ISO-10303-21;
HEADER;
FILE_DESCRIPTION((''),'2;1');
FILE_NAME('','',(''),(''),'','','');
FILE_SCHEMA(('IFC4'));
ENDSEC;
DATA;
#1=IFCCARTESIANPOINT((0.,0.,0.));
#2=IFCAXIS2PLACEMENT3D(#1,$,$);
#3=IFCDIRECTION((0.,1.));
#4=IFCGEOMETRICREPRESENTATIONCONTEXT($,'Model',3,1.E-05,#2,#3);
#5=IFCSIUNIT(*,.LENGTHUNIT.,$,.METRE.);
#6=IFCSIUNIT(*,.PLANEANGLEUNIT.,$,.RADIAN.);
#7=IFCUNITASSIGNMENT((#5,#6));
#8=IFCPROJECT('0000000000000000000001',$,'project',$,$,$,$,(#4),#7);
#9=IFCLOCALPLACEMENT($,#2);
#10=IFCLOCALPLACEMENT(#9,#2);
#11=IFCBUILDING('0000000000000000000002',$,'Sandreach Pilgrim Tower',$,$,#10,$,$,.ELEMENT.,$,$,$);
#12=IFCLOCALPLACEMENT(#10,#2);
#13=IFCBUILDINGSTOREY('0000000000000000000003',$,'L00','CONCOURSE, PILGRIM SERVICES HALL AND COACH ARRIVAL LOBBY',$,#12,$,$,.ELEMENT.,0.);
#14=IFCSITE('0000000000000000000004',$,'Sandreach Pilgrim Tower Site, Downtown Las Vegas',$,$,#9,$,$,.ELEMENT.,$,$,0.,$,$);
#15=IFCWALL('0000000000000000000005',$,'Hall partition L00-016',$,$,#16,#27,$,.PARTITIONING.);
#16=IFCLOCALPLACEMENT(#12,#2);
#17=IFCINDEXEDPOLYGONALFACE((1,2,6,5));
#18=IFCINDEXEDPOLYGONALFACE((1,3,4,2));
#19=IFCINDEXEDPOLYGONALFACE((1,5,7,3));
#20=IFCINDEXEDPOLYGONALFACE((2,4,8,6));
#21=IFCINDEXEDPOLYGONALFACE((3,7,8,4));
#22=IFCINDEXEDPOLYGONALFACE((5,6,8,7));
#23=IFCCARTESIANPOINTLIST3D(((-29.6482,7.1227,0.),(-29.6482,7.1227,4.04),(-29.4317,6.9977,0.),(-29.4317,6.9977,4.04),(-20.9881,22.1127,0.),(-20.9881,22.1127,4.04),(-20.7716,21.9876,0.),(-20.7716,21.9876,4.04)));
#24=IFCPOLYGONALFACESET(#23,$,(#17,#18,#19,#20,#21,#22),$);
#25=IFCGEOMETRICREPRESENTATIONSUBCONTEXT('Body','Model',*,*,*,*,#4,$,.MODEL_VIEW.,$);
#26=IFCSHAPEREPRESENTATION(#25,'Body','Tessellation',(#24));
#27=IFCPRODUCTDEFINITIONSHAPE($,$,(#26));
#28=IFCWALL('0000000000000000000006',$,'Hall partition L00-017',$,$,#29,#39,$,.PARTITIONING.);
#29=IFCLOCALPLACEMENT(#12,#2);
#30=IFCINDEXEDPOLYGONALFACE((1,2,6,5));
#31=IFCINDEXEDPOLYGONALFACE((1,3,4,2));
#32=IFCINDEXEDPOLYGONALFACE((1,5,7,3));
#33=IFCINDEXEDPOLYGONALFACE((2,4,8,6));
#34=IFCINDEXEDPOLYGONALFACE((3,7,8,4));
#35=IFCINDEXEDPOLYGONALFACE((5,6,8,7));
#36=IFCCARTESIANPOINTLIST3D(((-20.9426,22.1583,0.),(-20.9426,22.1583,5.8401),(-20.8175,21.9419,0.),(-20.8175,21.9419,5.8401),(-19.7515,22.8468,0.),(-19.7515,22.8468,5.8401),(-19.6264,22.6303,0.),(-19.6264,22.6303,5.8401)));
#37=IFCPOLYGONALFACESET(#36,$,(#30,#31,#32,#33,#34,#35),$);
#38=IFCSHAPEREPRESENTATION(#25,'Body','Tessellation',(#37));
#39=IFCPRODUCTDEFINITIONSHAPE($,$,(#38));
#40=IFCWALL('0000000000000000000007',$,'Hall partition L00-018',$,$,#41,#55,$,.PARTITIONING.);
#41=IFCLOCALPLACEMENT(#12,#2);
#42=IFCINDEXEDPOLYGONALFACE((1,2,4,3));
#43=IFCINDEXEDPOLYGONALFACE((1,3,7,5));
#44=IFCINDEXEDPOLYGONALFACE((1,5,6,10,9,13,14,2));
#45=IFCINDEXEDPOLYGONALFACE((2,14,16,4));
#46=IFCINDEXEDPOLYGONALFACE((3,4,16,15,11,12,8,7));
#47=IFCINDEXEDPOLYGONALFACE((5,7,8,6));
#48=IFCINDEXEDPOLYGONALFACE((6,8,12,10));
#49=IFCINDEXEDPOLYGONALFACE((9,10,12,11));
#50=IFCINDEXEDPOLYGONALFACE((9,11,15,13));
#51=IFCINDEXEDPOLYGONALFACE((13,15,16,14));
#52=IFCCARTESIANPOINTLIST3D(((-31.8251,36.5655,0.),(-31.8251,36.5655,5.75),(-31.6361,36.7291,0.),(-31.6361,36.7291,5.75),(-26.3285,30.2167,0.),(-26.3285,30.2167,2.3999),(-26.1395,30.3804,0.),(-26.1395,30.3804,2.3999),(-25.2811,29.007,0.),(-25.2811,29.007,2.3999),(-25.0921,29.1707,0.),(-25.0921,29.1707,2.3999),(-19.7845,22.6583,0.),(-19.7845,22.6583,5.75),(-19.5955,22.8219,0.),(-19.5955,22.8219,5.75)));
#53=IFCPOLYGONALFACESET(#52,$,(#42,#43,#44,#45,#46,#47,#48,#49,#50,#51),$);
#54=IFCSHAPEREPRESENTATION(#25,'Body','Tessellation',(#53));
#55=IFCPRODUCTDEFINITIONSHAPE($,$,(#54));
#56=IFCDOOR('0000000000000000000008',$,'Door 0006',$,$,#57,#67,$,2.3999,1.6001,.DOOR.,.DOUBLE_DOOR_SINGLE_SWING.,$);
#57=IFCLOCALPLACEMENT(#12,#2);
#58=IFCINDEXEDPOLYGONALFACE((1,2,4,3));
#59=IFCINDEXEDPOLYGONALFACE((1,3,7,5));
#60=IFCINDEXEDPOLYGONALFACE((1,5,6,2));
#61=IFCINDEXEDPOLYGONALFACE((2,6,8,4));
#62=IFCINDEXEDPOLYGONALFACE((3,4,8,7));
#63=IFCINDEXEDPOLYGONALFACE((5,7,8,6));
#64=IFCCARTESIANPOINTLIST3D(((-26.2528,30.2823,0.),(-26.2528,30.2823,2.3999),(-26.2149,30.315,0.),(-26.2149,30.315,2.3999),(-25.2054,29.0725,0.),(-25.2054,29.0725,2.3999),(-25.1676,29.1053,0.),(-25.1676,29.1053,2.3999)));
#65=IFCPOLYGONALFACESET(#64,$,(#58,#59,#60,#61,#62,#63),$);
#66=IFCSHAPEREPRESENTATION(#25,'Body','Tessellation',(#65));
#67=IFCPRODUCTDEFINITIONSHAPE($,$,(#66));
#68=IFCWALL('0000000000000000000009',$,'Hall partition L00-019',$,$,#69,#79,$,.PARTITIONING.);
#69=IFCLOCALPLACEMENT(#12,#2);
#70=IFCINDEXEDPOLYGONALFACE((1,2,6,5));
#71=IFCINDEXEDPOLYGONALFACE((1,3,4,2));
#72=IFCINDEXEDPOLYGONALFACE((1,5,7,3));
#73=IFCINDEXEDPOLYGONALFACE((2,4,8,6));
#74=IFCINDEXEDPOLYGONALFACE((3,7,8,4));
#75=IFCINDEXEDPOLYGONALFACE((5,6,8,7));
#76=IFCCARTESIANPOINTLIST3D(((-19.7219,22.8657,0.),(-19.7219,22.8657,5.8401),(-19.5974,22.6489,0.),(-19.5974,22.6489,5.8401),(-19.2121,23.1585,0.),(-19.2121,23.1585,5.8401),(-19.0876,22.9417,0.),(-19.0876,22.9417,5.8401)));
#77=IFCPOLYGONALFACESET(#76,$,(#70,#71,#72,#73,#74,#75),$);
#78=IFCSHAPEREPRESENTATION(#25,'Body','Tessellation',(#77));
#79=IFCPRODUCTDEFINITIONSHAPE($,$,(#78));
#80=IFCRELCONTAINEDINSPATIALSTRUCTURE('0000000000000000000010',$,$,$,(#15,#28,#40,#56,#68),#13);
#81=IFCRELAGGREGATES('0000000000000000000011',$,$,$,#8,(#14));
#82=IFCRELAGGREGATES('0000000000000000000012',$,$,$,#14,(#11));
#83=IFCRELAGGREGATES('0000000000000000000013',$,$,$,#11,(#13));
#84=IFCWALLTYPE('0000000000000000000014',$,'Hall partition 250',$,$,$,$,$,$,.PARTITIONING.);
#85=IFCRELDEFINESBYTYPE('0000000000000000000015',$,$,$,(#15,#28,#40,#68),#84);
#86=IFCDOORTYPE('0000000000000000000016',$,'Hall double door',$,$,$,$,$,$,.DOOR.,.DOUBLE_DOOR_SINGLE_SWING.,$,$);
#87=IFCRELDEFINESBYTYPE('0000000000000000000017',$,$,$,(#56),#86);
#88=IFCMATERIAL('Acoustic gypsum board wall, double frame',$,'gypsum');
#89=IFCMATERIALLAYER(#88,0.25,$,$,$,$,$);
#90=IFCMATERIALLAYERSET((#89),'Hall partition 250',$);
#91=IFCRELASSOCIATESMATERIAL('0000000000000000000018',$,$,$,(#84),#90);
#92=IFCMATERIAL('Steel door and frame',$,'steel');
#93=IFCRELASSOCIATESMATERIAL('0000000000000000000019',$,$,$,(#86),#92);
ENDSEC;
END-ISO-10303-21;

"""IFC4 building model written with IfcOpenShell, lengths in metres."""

from ifc_helpers import new_model, si_unit, direction, frame, frame_2d, origin, place, context, subcontext, project, spatial, rectangle, extrude, material, layer, layer_set, type_object, element, fill, save


model = new_model("IFC4")

# Units and contexts
model_context = context("Model", 3, precision=1e-05, world=origin(), true_north=direction((0.0, 1.0)))
body_context = subcontext(model_context, "Body", "Model", "MODEL_VIEW")
ifc_project = project(units=[si_unit("LENGTHUNIT", "METRE"), si_unit("PLANEANGLEUNIT", "RADIAN")], contexts=[model_context])

# Site, building, storey
site_placement = place(None, origin())
site = spatial("IfcSite", under=ifc_project, at=site_placement, Name="Sandreach Pilgrim Tower Site, Downtown Las Vegas", CompositionType="ELEMENT", RefElevation=0.0)
building_placement = place(site_placement, origin())
building = spatial("IfcBuilding", under=site, at=building_placement, Name="Sandreach Pilgrim Tower", CompositionType="ELEMENT")
storey_placement = place(building_placement, origin())
storey = spatial("IfcBuildingStorey", under=building, at=storey_placement, Name="L00", Description="CONCOURSE, PILGRIM SERVICES HALL AND COACH ARRIVAL LOBBY", CompositionType="ELEMENT", Elevation=0.0)

# Walls
ifc_material_1 = material(Name="Acoustic gypsum board wall, double frame", Category="gypsum")
ifc_layer_1 = layer(ifc_material_1, 0.25)
ifc_layer_set_1 = layer_set([ifc_layer_1], Name="Hall partition 250")
wall_type = type_object("IfcWallType", Name="Hall partition 250", PredefinedType="PARTITIONING", material=ifc_layer_set_1)
wall_1_placement = place(storey_placement, frame((-20.8799, 22.05, 0.0), z_axis=(0.0, 0.0, 1.0), x_axis=(-0.500246, -0.865883, 0.0)))
element("IfcWall", 1, at=wall_1_placement, inside=storey, type_object=wall_type, Name="Hall partition L00-016", PredefinedType="PARTITIONING", context=body_context, shape_type="SweptSolid", body=[
    extrude(rectangle(XDim=17.3118, YDim=0.25, at=frame_2d((8.6558, 0.0))), origin(), (0.0, 0.0, 1.0), 4.04),
])
wall_2_placement = place(storey_placement, frame((-20.8801, 22.05, 0.0), z_axis=(0.0, 0.0, 1.0), x_axis=(0.865786, 0.500414, 0.0)))
element("IfcWall", 2, at=wall_2_placement, inside=storey, type_object=wall_type, Name="Hall partition L00-017", PredefinedType="PARTITIONING", context=body_context, shape_type="SweptSolid", body=[
    extrude(rectangle(XDim=1.3757, YDim=0.25, at=frame_2d((0.688, 0.0))), origin(), (0.0, 0.0, 1.0), 5.8401),
])

# Wall, opening, door
wall_3_placement = place(storey_placement, frame((-19.6899, 22.74, 0.0), z_axis=(0.0, 0.0, 1.0), x_axis=(-0.654545, 0.756023, 0.0)))
wall_3 = element("IfcWall", 3, at=wall_3_placement, inside=storey, type_object=wall_type, Name="Hall partition L00-018", PredefinedType="PARTITIONING", context=body_context, shape_type="SweptSolid", body=[
    extrude(rectangle(XDim=18.3953, YDim=0.25, at=frame_2d((9.1978, 0.0))), origin(), (0.0, 0.0, 1.0), 5.75),
])
opening_placement = place(wall_3_placement, frame((8.3977, 0.0, 0.0)))
opening = element("IfcOpeningElement", 4, at=opening_placement, cuts=wall_3, PredefinedType="OPENING", context=body_context, shape_type="SweptSolid", body=[
    extrude(rectangle(XDim=1.6001, YDim=2.3999, at=frame_2d((0.8, 1.2))), frame((0.0, 0.125, 0.0), z_axis=(0.0, -1.0, 0.0), x_axis=(1.0, 0.0, 0.0)), (0.0, 0.0, 1.0), 0.25),
])
ifc_material_2 = material(Name="Steel door and frame", Category="steel")
door_type = type_object("IfcDoorType", Name="Hall double door", OperationType="DOUBLE_DOOR_SINGLE_SWING", PredefinedType="DOOR", material=ifc_material_2)
door_placement = place(opening_placement, origin())
door = element("IfcDoor", 5, at=door_placement, inside=storey, type_object=door_type, Name="Door 0006", OperationType="DOUBLE_DOOR_SINGLE_SWING", OverallHeight=2.3999, OverallWidth=1.6001, PredefinedType="DOOR", context=body_context, shape_type="SweptSolid", body=[
    extrude(rectangle(XDim=1.6001, YDim=2.3999, at=frame_2d((0.8, 1.2))), frame((0.0, 0.0249, 0.0), z_axis=(0.0, -1.0, 0.0), x_axis=(1.0, 0.0, 0.0)), (0.0, 0.0, 1.0), 0.05),
])
fill(opening, door)

# Wall
wall_4_placement = place(storey_placement, frame((-19.6597, 22.7573, 0.0), z_axis=(0.0, 0.0, 1.0), x_axis=(0.867193, 0.497972, 0.0)))
element("IfcWall", 6, at=wall_4_placement, inside=storey, type_object=wall_type, Name="Hall partition L00-019", PredefinedType="PARTITIONING", context=body_context, shape_type="SweptSolid", body=[
    extrude(rectangle(XDim=0.5879, YDim=0.25, at=frame_2d((0.2939, 0.0))), origin(), (0.0, 0.0, 1.0), 5.8401),
])

save(model, "model.ifc")
